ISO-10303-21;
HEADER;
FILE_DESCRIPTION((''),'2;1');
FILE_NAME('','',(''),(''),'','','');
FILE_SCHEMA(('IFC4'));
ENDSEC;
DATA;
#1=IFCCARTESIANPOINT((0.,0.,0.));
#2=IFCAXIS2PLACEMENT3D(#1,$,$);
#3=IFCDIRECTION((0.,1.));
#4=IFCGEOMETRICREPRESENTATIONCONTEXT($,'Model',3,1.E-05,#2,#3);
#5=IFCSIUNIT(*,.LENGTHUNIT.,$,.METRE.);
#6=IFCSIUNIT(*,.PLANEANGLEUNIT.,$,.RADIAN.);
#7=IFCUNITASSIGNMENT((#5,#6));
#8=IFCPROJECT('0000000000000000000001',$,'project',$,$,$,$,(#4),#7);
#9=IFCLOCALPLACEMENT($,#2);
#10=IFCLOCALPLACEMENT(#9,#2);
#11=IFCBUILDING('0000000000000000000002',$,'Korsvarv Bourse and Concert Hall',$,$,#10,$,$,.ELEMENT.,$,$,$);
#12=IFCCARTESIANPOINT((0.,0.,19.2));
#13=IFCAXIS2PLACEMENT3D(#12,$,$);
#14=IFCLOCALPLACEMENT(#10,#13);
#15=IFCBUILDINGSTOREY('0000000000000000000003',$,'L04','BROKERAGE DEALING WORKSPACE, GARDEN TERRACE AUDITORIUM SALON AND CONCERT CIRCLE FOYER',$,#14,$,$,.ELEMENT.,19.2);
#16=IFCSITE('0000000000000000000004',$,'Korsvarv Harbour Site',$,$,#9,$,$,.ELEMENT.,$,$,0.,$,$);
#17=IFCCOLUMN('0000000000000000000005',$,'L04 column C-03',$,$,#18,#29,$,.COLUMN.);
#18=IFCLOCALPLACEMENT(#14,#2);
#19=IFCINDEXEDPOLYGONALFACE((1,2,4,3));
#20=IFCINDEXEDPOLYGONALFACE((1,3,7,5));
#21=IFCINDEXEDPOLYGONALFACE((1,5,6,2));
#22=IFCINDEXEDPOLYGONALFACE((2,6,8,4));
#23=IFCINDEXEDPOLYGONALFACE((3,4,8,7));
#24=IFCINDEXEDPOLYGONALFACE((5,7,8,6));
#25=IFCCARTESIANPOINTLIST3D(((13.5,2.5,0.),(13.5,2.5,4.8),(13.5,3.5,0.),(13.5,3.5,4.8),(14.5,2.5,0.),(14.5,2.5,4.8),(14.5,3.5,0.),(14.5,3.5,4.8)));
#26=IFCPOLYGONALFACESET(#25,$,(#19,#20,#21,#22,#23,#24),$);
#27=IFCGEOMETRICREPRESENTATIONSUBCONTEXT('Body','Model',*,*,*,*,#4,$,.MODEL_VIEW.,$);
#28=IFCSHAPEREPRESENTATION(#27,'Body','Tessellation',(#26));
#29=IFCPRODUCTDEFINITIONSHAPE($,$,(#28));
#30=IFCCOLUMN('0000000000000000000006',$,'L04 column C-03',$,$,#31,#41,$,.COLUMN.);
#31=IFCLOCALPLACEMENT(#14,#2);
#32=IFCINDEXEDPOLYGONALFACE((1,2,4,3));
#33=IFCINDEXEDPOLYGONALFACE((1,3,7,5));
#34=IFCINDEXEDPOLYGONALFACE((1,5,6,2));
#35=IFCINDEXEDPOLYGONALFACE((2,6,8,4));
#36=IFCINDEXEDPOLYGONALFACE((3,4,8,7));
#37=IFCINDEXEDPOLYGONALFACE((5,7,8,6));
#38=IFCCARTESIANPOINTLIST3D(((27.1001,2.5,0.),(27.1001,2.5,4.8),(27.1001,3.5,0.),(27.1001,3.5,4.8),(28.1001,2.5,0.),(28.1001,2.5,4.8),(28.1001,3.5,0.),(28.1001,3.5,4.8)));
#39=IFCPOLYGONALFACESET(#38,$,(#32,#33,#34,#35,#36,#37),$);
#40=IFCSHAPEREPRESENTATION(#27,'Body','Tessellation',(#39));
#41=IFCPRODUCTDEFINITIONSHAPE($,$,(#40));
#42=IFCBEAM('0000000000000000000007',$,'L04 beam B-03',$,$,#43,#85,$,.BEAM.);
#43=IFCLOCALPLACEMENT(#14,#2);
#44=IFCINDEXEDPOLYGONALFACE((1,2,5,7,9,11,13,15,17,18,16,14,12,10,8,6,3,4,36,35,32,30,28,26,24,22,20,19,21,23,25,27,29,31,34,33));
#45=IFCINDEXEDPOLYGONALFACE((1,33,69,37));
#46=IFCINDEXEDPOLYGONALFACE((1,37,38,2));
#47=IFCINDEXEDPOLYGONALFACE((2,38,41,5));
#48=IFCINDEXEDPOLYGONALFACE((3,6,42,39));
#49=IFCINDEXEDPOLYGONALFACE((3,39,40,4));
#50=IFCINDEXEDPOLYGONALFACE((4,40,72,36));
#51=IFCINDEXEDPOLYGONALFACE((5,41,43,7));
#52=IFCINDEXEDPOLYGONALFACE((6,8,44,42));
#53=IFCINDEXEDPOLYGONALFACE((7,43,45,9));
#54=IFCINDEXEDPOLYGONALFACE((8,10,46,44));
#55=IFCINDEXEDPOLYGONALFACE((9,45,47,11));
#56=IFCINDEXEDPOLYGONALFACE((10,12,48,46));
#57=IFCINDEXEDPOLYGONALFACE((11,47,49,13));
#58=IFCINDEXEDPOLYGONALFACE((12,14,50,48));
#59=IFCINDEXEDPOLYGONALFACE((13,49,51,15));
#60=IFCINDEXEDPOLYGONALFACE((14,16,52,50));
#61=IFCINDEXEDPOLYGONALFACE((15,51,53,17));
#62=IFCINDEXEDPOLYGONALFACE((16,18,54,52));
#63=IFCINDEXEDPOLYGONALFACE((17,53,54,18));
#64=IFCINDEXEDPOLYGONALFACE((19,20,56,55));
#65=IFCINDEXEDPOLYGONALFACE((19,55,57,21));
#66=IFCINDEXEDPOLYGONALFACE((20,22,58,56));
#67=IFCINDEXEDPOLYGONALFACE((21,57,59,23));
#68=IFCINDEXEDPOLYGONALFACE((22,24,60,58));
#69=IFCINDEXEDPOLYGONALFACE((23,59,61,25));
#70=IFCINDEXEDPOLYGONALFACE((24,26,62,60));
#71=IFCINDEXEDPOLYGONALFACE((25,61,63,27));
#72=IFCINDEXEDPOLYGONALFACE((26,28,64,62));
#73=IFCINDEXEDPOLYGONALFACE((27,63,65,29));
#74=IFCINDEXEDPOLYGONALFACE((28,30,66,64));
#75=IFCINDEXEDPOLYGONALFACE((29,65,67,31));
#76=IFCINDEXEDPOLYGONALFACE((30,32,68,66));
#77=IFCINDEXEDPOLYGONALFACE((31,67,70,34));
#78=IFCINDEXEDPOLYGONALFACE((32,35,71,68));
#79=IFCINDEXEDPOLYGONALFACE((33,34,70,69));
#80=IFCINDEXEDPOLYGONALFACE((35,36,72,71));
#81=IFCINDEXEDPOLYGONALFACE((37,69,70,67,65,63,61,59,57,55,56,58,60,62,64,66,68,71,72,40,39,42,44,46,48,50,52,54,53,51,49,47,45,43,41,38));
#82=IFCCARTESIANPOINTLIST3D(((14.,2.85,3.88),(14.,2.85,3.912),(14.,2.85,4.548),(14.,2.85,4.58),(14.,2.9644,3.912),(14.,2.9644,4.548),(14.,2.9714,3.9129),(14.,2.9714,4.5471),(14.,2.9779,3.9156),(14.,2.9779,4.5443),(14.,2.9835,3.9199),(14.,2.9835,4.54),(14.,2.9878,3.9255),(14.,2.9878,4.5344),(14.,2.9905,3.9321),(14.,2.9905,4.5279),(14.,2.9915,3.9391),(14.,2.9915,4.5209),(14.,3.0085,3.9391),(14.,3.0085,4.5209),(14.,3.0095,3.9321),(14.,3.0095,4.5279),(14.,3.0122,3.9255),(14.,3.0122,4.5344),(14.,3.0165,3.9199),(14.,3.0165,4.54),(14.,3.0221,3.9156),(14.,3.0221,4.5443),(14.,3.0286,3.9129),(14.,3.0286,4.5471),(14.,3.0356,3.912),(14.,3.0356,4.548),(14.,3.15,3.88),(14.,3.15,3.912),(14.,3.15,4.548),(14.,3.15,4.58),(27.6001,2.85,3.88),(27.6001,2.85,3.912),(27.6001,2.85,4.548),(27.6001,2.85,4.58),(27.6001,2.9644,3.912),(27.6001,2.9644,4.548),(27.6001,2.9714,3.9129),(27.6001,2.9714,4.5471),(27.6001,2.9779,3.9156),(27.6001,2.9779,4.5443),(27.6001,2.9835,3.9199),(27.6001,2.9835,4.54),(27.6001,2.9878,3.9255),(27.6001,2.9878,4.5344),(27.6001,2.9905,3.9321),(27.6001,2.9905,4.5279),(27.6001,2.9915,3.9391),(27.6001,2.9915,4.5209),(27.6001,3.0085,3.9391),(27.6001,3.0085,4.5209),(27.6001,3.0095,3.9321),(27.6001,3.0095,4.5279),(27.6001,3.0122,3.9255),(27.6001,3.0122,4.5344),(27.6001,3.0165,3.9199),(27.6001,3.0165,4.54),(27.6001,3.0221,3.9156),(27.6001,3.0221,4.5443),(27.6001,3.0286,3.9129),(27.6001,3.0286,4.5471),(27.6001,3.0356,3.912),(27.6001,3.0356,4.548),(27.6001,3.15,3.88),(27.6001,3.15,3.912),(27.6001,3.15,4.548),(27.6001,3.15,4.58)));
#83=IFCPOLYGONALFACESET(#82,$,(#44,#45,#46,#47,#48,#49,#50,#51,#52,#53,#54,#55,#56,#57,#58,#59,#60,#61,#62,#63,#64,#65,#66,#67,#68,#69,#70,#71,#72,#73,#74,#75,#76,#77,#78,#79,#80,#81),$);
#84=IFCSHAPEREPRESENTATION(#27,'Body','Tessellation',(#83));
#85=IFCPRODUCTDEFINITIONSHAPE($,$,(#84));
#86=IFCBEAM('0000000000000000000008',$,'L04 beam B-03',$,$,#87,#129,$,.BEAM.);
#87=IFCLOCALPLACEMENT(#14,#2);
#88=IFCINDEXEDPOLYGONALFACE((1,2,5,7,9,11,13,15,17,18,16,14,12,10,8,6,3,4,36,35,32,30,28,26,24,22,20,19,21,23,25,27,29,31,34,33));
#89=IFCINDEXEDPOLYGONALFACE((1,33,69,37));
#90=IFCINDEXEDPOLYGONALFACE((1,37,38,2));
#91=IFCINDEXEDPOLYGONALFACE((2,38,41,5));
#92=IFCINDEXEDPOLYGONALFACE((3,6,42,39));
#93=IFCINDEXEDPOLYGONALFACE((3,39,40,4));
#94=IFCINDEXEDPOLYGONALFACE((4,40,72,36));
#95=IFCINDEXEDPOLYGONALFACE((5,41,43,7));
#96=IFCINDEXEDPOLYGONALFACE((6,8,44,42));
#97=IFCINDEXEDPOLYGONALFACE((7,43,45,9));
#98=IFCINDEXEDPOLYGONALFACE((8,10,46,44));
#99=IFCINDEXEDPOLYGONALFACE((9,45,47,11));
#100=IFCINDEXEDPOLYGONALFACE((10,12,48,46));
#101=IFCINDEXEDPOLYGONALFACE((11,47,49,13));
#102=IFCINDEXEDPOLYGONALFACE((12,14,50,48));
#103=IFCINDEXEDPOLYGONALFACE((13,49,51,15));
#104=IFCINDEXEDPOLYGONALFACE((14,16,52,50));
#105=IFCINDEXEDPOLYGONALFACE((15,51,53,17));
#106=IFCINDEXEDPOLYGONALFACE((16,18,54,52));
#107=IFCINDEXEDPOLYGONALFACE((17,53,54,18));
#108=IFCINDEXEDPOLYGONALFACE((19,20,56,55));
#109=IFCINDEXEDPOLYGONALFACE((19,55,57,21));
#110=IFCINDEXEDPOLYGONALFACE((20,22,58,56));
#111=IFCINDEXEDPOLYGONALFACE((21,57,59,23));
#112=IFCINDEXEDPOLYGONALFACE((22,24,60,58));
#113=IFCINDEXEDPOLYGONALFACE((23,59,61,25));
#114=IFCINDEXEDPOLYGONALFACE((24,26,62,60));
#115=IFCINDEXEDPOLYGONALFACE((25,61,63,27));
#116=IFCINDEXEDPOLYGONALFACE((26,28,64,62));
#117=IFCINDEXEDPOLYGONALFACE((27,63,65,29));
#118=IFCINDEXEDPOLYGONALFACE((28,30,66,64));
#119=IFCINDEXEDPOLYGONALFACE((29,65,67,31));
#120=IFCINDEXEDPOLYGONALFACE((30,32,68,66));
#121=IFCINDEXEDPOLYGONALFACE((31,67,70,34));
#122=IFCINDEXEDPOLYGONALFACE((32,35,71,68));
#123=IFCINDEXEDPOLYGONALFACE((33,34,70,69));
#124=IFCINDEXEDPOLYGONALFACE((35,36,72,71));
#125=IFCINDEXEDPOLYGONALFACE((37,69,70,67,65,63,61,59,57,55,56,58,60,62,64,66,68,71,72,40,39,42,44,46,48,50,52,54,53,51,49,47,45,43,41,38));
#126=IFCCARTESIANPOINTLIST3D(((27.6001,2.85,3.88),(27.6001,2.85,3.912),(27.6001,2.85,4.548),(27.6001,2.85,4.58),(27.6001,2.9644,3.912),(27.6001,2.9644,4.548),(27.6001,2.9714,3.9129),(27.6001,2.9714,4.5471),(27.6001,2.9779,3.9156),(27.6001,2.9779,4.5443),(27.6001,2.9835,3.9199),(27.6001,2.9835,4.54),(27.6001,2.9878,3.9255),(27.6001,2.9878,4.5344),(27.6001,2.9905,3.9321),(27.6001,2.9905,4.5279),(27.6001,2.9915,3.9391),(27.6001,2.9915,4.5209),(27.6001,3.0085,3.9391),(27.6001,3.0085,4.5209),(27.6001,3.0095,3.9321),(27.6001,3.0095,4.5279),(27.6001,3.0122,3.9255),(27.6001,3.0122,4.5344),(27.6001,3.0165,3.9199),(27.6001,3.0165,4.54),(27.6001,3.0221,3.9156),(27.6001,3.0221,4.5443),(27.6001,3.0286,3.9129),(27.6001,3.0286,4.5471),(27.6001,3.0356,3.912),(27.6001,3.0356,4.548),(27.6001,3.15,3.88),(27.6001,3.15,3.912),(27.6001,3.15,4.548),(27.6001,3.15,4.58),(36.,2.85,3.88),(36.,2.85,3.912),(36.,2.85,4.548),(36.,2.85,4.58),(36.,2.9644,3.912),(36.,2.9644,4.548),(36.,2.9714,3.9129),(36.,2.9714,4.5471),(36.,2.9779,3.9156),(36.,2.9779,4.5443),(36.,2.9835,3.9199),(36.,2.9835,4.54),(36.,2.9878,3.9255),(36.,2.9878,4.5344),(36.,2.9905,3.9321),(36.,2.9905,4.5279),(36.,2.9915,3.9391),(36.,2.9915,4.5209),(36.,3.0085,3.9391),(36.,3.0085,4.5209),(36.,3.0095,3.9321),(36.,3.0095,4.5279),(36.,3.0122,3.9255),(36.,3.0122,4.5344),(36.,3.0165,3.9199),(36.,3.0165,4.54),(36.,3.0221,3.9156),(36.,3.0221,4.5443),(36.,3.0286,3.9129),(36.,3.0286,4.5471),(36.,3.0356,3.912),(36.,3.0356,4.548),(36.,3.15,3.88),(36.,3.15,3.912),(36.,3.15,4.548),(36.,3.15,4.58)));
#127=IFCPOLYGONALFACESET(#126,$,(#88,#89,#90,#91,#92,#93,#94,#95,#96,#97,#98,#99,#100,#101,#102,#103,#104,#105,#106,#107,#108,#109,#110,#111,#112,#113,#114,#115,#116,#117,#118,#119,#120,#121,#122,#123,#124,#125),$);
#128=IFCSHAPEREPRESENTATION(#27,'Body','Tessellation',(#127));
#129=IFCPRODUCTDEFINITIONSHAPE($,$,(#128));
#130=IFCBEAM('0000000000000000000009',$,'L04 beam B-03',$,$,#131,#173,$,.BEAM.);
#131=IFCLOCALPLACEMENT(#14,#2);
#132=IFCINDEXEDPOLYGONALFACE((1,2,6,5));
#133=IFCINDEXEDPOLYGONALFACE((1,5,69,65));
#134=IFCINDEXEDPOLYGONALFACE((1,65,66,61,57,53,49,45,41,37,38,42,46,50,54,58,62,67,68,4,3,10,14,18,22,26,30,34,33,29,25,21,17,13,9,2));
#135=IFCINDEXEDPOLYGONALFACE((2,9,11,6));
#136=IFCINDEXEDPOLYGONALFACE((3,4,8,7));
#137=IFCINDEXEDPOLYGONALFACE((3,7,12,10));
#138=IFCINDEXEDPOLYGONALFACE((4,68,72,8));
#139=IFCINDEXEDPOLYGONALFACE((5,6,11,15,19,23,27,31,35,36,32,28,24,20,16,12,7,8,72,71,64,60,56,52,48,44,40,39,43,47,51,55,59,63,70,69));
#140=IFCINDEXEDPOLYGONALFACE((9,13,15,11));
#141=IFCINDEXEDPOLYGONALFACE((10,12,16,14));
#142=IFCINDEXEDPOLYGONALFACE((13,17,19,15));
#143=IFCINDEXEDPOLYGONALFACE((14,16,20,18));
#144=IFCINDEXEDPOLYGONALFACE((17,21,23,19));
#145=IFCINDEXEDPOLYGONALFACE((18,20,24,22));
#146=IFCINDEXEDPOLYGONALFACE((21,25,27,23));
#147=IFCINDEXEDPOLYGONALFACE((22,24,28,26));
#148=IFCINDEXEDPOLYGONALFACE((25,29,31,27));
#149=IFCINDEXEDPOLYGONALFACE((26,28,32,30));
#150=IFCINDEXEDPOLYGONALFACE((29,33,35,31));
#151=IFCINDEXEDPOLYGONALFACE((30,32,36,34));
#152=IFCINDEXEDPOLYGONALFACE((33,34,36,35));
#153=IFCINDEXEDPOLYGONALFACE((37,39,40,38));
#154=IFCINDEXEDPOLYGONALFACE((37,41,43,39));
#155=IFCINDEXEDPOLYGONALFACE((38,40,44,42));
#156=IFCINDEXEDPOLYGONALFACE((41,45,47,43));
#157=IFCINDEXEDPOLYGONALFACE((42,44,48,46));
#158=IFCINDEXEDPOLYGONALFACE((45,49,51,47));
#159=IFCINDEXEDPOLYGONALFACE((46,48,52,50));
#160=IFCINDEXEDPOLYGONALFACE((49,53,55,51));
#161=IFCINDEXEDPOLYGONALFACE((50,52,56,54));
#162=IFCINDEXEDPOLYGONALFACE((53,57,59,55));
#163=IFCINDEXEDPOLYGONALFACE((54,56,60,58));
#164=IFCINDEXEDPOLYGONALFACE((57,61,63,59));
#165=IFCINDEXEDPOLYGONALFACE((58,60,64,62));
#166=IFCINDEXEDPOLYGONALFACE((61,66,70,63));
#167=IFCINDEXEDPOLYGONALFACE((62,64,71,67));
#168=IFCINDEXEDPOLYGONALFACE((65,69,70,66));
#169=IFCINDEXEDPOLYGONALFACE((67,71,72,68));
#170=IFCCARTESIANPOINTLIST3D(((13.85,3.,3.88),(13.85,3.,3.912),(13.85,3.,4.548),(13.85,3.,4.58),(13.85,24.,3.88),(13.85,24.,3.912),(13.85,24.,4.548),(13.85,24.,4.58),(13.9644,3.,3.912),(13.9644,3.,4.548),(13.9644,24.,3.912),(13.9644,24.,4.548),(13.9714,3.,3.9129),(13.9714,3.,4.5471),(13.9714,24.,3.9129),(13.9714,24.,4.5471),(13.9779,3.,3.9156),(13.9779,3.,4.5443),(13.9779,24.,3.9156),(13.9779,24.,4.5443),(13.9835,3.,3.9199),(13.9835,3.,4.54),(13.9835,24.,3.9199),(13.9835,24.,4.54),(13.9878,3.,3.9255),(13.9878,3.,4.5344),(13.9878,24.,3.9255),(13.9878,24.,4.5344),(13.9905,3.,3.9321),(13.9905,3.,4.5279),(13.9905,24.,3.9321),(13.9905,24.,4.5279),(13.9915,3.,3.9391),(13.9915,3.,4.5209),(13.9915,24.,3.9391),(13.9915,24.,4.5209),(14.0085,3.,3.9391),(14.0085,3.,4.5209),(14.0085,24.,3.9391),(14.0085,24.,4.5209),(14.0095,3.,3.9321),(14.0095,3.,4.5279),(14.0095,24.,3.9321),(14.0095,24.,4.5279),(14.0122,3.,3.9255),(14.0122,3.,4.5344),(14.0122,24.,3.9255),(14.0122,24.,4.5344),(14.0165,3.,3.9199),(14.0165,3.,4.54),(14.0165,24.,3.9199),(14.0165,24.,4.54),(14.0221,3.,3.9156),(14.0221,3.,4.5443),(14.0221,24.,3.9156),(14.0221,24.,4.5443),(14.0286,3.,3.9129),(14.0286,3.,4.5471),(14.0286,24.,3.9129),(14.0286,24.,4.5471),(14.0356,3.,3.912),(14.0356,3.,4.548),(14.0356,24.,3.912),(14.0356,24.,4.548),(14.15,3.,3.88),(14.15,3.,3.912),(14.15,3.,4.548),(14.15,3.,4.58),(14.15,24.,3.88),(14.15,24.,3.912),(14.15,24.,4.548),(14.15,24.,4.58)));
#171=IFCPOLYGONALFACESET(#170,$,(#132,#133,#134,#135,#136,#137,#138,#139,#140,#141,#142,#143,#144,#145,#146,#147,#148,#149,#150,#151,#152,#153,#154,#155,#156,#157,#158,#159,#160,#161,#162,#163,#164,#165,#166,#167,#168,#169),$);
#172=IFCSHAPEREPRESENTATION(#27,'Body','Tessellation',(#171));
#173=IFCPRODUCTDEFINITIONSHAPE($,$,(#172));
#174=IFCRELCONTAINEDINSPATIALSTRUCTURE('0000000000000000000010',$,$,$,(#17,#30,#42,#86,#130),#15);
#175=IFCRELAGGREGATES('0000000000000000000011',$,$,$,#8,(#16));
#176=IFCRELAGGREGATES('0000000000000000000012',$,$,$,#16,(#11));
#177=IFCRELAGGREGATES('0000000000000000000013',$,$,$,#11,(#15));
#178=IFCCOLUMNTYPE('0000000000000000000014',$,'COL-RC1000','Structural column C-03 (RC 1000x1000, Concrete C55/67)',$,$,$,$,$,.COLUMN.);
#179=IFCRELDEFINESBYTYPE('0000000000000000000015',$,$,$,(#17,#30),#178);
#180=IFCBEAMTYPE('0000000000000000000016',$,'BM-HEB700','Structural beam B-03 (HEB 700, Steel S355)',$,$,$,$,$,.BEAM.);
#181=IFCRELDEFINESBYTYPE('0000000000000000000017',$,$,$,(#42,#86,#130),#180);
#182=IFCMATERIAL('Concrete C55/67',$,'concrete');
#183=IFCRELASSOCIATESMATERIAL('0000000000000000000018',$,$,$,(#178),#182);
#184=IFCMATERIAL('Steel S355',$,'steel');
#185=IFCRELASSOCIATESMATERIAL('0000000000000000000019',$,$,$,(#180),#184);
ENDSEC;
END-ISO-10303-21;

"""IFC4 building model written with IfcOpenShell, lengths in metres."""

from ifc_helpers import new_model, si_unit, direction, frame, origin, origin_2d, place, context, subcontext, project, spatial, rectangle, i_section, extrude, source, transform, mapped, material, material_profile, profile_set, type_object, element, save


model = new_model("IFC4")

# Units and contexts
model_context = context("Model", 3, precision=1e-05, world=origin(), true_north=direction((0.0, 1.0)))
body_context = subcontext(model_context, "Body", "Model", "MODEL_VIEW")
ifc_project = project(units=[si_unit("LENGTHUNIT", "METRE"), si_unit("PLANEANGLEUNIT", "RADIAN")], contexts=[model_context])

# Site, building, storey
site_placement = place(None, origin())
site = spatial("IfcSite", under=ifc_project, at=site_placement, Name="Korsvarv Harbour Site", CompositionType="ELEMENT", RefElevation=0.0)
building_placement = place(site_placement, origin())
building = spatial("IfcBuilding", under=site, at=building_placement, Name="Korsvarv Bourse and Concert Hall", CompositionType="ELEMENT")
storey_placement = place(building_placement, frame((0.0, 0.0, 19.2)))
storey = spatial("IfcBuildingStorey", under=building, at=storey_placement, Name="L04", Description="BROKERAGE DEALING WORKSPACE, GARDEN TERRACE AUDITORIUM SALON AND CONCERT CIRCLE FOYER", CompositionType="ELEMENT", Elevation=19.2)

# Columns
ifc_material_1 = material(Name="Concrete C55/67", Category="concrete")
ifc_material_profile_1 = material_profile(ifc_material_1, rectangle(XDim=1.0, YDim=1.0, at=origin_2d()), Name="RC 1000x1000")
ifc_profile_set_1 = profile_set([ifc_material_profile_1], Name="Concrete C55/67")
column_type = type_object("IfcColumnType", Name="COL-RC1000", Description="Structural column C-03 (RC 1000x1000, Concrete C55/67)", PredefinedType="COLUMN", material=ifc_profile_set_1)
shared_shape_1 = source(origin(), body_context, "Body", "SweptSolid", [
    extrude(rectangle(XDim=1.0, YDim=1.0, at=origin_2d()), origin(), (0.0, 0.0, 1.0), 4.8),
])
for number, where, z_axis, x_axis, name in (
    (1, (14.0, 3.0, 0.0), (0.0, 0.0, 1.0), (1.0, 0.0, 0.0), "L04 column C-03"),
    (2, (27.6001, 3.0, 0.0), (0.0, 0.0, 1.0), (1.0, 0.0, 0.0), "L04 column C-03"),
):
    element("IfcColumn", number, at=place(storey_placement, frame(where, z_axis=z_axis, x_axis=x_axis)), inside=storey, type_object=column_type, Name=name, PredefinedType="COLUMN", context=body_context, shape_type="MappedRepresentation", body=[
        mapped(shared_shape_1, transform((0.0, 0.0, 0.0), scale=1.0)),
    ])

# Beams
ifc_material_2 = material(Name="Steel S355", Category="steel")
ifc_material_profile_2 = material_profile(ifc_material_2, i_section(OverallWidth=0.3, OverallDepth=0.7, WebThickness=0.0171, FlangeThickness=0.032, FilletRadius=0.0271, at=origin_2d()), Name="HEB 700")
ifc_profile_set_2 = profile_set([ifc_material_profile_2], Name="Steel S355")
beam_type_1 = type_object("IfcBeamType", Name="BM-HEB700", Description="Structural beam B-03 (HEB 700, Steel S355)", PredefinedType="BEAM", material=ifc_profile_set_2)
shared_shape_2 = source(origin(), body_context, "Body", "SweptSolid", [
    extrude(i_section(OverallWidth=0.3, OverallDepth=0.7, WebThickness=0.0171, FlangeThickness=0.032, FilletRadius=0.0271, at=origin_2d()), origin(), (0.0, 0.0, 1.0), 13.6001),
])
beam_1_placement = place(storey_placement, frame((14.0, 3.0, 4.23), z_axis=(1.0, 0.0, 0.0), x_axis=(0.0, 1.0, 0.0)))
element("IfcBeam", 3, at=beam_1_placement, inside=storey, type_object=beam_type_1, Name="L04 beam B-03", PredefinedType="BEAM", context=body_context, shape_type="MappedRepresentation", body=[
    mapped(shared_shape_2, transform((0.0, 0.0, 0.0), scale=1.0)),
])
shared_shape_3 = source(origin(), body_context, "Body", "SweptSolid", [
    extrude(i_section(OverallWidth=0.3, OverallDepth=0.7, WebThickness=0.0171, FlangeThickness=0.032, FilletRadius=0.0271, at=origin_2d()), origin(), (0.0, 0.0, 1.0), 8.3999),
])
beam_2_placement = place(storey_placement, frame((27.6001, 3.0, 4.23), z_axis=(1.0, 0.0, 0.0), x_axis=(0.0, 1.0, 0.0)))
element("IfcBeam", 4, at=beam_2_placement, inside=storey, type_object=beam_type_1, Name="L04 beam B-03", PredefinedType="BEAM", context=body_context, shape_type="MappedRepresentation", body=[
    mapped(shared_shape_3, transform((0.0, 0.0, 0.0), scale=1.0)),
])
shared_shape_4 = source(origin(), body_context, "Body", "SweptSolid", [
    extrude(i_section(OverallWidth=0.3, OverallDepth=0.7, WebThickness=0.0171, FlangeThickness=0.032, FilletRadius=0.0271, at=origin_2d()), origin(), (0.0, 0.0, 1.0), 21.0),
])
beam_3_placement = place(storey_placement, frame((14.0, 3.0, 4.23), z_axis=(0.0, 1.0, 0.0), x_axis=(-1.0, 0.0, 0.0)))
element("IfcBeam", 5, at=beam_3_placement, inside=storey, type_object=beam_type_1, Name="L04 beam B-03", PredefinedType="BEAM", context=body_context, shape_type="MappedRepresentation", body=[
    mapped(shared_shape_4, transform((0.0, 0.0, 0.0), scale=1.0)),
])

save(model, "model.ifc")
